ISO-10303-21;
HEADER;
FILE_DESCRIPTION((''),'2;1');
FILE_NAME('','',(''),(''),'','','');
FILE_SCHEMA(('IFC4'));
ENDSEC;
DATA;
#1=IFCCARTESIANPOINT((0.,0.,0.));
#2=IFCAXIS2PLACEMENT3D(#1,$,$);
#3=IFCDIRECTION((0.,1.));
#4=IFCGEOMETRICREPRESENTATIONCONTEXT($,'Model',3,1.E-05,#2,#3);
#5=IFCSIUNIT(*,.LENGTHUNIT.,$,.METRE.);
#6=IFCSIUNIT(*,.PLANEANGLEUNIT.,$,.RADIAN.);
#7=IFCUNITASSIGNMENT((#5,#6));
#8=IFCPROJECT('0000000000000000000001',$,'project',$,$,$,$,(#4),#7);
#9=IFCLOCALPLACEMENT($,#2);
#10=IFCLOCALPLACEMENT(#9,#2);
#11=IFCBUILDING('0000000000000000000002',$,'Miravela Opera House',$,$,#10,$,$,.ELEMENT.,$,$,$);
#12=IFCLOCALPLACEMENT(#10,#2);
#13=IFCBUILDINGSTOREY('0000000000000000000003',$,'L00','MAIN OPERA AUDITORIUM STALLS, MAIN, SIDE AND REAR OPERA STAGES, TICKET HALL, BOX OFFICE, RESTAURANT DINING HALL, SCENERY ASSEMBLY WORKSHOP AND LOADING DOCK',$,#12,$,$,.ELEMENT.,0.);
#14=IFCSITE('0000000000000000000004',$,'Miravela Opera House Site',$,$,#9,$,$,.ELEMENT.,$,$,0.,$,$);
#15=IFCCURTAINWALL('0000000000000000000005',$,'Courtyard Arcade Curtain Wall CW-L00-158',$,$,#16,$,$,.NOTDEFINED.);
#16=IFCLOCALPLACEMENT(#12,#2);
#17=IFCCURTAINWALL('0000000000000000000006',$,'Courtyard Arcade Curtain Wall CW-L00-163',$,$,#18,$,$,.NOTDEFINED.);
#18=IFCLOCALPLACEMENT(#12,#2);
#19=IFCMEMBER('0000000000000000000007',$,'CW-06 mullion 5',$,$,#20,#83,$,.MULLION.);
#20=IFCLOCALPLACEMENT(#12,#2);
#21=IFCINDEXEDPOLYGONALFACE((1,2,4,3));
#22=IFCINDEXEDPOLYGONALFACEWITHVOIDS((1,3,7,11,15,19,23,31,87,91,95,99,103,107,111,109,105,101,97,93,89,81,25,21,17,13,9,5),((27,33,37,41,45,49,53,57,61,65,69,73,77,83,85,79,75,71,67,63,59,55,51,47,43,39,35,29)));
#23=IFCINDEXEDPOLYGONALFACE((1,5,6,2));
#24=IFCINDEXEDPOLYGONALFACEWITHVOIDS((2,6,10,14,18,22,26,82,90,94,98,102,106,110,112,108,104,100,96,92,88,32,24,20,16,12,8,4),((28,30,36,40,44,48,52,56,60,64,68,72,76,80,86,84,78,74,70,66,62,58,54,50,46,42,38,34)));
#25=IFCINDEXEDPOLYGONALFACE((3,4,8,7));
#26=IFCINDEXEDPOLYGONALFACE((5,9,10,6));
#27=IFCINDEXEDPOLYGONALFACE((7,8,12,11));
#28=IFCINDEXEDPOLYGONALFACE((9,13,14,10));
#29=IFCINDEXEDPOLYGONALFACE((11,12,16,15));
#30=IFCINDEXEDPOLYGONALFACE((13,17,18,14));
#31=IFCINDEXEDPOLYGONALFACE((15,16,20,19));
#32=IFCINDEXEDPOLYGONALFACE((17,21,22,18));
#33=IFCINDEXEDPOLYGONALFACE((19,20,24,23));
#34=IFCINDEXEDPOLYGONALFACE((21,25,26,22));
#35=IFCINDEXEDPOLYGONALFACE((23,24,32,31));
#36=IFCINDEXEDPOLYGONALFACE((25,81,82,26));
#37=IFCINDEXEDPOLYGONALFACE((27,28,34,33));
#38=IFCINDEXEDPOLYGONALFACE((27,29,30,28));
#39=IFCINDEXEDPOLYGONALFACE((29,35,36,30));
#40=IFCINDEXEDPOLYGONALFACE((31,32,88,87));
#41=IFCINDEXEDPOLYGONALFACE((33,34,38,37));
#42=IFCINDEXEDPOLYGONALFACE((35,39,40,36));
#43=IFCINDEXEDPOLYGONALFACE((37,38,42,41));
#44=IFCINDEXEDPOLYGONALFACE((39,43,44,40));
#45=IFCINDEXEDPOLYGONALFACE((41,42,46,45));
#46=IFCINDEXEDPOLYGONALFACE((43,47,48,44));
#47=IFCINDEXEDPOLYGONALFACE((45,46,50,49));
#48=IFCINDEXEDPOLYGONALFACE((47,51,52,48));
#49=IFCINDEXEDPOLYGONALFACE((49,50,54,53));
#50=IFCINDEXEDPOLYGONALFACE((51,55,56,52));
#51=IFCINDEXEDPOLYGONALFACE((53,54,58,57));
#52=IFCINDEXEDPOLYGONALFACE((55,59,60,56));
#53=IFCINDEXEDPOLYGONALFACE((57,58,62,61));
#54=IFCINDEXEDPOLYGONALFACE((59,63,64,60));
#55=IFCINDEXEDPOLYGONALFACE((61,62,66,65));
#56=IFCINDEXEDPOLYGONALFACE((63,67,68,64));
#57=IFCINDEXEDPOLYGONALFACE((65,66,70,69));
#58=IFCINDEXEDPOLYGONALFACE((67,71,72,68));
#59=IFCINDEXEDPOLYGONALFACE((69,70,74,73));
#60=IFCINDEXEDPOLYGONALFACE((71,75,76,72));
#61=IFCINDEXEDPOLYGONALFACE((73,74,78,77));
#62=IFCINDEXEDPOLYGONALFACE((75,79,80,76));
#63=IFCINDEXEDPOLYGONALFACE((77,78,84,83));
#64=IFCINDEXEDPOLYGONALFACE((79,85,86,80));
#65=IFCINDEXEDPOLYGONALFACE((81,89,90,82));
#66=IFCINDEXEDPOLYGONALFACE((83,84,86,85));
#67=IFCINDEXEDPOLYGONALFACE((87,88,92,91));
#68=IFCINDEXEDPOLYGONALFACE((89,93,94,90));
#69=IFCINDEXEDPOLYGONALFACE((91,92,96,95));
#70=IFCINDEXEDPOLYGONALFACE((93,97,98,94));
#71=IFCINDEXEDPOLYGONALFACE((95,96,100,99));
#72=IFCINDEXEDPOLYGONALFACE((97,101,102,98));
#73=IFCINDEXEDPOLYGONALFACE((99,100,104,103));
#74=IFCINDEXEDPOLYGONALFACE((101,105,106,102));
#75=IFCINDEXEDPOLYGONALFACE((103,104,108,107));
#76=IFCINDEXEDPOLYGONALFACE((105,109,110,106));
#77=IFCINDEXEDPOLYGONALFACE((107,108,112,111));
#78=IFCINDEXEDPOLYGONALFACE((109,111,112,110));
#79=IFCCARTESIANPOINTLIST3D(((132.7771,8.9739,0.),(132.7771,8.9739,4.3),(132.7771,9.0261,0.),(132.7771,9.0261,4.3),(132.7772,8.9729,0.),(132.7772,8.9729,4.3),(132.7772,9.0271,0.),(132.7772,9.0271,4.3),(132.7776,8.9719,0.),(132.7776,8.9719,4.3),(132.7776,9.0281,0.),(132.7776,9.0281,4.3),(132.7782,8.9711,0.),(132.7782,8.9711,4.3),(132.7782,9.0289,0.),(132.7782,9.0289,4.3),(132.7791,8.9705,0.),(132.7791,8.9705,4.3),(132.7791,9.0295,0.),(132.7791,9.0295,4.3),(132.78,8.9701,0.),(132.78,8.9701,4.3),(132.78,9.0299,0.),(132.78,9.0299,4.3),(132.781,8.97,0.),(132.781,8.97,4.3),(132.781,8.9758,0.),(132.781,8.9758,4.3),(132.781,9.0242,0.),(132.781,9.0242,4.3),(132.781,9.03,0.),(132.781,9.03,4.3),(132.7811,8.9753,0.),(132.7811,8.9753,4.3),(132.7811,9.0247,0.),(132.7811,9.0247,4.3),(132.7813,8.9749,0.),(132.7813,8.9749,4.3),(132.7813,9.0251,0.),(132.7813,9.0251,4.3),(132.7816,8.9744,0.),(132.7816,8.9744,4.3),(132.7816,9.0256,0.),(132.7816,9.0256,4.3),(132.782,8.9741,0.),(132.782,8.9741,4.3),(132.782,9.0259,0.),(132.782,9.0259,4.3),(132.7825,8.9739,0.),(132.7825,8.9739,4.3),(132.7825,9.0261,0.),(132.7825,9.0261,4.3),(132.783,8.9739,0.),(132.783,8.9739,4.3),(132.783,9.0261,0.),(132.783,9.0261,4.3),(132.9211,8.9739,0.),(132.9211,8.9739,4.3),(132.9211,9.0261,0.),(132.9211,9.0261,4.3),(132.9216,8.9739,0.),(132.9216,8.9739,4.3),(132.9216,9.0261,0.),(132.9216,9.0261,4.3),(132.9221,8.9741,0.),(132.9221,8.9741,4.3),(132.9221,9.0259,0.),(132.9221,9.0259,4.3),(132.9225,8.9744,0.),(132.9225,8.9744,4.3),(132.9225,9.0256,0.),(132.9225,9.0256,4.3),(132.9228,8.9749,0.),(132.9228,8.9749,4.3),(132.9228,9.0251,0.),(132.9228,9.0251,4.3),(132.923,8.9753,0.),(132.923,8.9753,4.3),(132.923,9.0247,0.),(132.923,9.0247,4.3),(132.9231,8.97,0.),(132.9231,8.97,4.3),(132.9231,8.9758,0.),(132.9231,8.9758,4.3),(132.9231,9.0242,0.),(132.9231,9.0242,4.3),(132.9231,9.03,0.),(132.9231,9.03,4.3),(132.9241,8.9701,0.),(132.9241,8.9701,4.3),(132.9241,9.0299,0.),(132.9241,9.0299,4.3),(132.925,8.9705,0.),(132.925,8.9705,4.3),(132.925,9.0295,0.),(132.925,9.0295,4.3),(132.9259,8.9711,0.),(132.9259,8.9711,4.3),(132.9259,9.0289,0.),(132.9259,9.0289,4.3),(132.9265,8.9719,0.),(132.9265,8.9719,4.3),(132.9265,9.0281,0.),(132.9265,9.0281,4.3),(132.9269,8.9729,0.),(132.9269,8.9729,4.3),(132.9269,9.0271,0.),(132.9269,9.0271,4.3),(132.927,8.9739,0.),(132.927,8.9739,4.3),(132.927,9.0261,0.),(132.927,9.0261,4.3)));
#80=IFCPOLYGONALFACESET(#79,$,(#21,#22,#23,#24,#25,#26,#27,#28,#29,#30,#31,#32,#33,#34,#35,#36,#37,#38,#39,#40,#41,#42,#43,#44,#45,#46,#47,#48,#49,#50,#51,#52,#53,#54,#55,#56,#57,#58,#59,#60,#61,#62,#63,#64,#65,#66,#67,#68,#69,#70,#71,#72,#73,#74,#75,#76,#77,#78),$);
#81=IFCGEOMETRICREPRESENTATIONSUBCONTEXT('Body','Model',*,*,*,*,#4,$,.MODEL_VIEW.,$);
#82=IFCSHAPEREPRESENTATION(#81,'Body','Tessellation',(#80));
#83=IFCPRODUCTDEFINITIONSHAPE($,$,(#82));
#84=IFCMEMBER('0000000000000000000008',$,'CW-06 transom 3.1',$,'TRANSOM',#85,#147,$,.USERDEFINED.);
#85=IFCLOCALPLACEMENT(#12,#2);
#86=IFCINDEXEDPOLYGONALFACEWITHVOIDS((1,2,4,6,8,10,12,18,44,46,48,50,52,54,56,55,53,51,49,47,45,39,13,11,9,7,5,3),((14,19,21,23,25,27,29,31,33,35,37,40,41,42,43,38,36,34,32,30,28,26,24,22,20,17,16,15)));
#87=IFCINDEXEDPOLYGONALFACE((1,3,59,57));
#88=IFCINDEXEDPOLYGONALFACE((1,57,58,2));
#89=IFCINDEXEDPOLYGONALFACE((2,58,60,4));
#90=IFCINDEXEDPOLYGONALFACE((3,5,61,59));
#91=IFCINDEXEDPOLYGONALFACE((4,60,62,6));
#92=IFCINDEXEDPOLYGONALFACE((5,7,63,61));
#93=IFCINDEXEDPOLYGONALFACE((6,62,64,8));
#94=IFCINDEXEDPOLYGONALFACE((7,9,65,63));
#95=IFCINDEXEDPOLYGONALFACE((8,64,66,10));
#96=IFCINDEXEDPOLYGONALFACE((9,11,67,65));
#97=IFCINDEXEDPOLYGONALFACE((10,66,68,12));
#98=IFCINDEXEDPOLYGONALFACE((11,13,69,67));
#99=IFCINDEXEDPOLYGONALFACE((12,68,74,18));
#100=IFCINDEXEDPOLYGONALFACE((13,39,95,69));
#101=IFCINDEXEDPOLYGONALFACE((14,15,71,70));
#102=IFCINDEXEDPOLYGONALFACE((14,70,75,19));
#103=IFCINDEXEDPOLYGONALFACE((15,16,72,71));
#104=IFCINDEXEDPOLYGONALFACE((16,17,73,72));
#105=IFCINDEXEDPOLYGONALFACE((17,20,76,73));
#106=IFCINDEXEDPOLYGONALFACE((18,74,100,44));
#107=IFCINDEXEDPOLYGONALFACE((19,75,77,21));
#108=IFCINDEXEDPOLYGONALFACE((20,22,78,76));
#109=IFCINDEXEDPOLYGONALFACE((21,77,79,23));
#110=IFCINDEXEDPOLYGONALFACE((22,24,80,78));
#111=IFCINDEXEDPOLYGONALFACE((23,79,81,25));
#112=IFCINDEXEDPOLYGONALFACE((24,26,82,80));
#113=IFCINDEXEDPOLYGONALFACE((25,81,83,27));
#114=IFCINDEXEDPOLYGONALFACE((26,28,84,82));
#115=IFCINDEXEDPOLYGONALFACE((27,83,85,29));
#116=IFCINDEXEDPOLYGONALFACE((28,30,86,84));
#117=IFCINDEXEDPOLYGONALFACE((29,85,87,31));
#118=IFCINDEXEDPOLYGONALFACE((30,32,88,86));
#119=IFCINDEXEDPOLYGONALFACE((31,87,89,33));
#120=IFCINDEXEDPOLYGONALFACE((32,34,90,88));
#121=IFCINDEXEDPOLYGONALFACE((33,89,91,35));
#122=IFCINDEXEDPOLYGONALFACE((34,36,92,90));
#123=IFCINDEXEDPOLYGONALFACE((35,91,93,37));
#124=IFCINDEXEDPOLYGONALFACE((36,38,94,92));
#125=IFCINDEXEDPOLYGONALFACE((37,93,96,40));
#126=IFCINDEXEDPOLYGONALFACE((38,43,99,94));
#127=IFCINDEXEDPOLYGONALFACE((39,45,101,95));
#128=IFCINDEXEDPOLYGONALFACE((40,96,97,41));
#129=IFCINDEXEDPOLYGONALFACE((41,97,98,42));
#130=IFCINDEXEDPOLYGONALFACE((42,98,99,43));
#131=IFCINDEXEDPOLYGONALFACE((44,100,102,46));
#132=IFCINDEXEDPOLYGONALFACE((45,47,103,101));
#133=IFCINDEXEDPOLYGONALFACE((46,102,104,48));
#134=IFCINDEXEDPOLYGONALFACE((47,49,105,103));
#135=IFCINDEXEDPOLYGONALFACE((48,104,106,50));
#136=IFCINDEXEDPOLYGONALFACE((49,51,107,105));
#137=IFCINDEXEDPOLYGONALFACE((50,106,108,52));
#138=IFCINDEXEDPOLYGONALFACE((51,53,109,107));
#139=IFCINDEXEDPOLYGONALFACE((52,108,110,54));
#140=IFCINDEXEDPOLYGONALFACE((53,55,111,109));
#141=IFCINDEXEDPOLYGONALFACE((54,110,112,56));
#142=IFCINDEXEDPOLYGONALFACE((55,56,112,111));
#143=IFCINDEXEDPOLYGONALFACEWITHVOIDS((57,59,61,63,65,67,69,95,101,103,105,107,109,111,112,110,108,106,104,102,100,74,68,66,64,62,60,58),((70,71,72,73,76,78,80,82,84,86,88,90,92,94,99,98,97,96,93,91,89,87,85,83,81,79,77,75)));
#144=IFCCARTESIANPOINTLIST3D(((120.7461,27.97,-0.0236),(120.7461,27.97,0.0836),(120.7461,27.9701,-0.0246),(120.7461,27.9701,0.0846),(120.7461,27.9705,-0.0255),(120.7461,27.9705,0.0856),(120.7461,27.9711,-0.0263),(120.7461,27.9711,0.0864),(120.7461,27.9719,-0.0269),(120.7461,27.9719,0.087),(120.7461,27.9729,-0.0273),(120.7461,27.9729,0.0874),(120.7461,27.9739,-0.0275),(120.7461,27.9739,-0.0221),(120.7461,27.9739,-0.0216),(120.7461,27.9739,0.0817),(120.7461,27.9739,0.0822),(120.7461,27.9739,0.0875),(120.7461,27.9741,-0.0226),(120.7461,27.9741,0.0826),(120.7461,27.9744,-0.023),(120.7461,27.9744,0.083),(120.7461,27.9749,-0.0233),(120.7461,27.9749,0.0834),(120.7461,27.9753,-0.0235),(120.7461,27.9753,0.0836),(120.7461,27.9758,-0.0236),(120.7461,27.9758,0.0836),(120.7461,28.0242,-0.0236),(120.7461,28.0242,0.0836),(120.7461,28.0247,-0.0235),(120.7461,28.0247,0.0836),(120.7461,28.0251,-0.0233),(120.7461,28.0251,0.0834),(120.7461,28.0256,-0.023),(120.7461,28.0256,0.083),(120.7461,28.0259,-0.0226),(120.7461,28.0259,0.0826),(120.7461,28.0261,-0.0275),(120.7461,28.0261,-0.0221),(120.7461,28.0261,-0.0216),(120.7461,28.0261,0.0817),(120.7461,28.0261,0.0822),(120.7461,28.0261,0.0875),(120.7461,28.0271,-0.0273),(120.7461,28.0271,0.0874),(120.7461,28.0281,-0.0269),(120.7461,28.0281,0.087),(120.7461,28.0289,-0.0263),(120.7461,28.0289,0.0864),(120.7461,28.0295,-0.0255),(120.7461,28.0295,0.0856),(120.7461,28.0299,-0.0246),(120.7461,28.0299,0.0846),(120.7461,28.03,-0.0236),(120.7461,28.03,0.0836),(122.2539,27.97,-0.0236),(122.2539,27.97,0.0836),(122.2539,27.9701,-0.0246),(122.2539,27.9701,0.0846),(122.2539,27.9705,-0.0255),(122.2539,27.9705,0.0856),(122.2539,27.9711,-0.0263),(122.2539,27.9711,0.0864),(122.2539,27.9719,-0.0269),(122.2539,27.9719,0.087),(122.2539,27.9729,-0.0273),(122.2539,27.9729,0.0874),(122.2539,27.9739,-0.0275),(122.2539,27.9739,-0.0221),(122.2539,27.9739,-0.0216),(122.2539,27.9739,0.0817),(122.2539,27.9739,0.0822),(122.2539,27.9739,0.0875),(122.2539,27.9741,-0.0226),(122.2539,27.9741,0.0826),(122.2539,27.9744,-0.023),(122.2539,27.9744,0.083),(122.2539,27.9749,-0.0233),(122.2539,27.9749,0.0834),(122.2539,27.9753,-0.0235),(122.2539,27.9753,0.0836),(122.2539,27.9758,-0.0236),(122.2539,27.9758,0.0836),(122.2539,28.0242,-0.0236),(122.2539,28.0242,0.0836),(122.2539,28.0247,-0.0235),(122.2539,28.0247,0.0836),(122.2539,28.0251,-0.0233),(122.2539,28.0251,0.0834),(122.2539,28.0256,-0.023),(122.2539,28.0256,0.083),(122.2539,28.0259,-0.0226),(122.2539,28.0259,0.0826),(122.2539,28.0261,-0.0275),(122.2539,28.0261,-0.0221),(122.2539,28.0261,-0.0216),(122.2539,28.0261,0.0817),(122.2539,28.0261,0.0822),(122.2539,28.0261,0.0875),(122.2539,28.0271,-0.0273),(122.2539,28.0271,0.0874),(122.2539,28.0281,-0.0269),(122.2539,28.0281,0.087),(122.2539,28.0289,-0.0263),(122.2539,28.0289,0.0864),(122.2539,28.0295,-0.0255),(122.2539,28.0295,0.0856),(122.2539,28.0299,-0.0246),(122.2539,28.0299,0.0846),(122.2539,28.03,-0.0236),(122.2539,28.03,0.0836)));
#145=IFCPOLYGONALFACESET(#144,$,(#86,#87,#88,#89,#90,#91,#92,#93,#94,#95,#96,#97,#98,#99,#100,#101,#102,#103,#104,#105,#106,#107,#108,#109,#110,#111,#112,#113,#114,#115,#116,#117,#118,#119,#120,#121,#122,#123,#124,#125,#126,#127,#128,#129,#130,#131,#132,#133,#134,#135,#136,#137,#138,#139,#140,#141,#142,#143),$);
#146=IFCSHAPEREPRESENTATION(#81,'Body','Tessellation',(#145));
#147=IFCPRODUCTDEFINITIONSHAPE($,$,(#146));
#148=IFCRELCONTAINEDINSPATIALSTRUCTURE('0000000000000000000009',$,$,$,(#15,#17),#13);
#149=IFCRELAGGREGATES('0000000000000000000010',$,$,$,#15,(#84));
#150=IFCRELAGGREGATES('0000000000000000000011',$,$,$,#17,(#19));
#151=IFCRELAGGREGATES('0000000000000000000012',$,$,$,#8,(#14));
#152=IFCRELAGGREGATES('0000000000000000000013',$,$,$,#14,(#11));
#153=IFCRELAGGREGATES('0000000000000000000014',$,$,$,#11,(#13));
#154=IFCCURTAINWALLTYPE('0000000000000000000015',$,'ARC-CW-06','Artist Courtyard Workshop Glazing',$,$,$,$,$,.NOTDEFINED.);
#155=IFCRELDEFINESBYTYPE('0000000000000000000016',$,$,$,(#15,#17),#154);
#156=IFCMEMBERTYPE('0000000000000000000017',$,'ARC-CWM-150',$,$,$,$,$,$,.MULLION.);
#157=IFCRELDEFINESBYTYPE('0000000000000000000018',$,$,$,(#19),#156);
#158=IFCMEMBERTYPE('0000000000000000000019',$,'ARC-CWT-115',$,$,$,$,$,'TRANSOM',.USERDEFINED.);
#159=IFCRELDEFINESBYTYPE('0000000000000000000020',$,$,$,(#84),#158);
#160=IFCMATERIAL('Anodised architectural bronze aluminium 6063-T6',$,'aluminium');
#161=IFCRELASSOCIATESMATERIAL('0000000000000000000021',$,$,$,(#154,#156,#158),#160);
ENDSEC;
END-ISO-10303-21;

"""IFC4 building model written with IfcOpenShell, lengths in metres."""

from ifc_helpers import new_model, si_unit, direction, frame, origin, origin_2d, place, context, subcontext, project, spatial, hollow_rectangle, extrude, material, material_profile, profile_set, type_object, element, aggregate, save


model = new_model("IFC4")

# Units and contexts
model_context = context("Model", 3, precision=1e-05, world=origin(), true_north=direction((0.0, 1.0)))
body_context = subcontext(model_context, "Body", "Model", "MODEL_VIEW")
ifc_project = project(units=[si_unit("LENGTHUNIT", "METRE"), si_unit("PLANEANGLEUNIT", "RADIAN")], contexts=[model_context])

# Site, building, storey
site_placement = place(None, origin())
site = spatial("IfcSite", under=ifc_project, at=site_placement, Name="Miravela Opera House Site", CompositionType="ELEMENT", RefElevation=0.0)
building_placement = place(site_placement, origin())
building = spatial("IfcBuilding", under=site, at=building_placement, Name="Miravela Opera House", CompositionType="ELEMENT")
storey_placement = place(building_placement, origin())
storey = spatial("IfcBuildingStorey", under=building, at=storey_placement, Name="L00", Description="MAIN OPERA AUDITORIUM STALLS, MAIN, SIDE AND REAR OPERA STAGES, TICKET HALL, BOX OFFICE, RESTAURANT DINING HALL, SCENERY ASSEMBLY WORKSHOP AND LOADING DOCK", CompositionType="ELEMENT", Elevation=0.0)

# Curtain wall
ifc_material_1 = material(Name="Anodised architectural bronze aluminium 6063-T6", Category="aluminium")
curtain_wall_type = type_object("IfcCurtainWallType", Name="ARC-CW-06", Description="Artist Courtyard Workshop Glazing", PredefinedType="NOTDEFINED", material=ifc_material_1)
curtain_wall_1_placement = place(storey_placement, origin())
curtain_wall_1 = element("IfcCurtainWall", 1, at=curtain_wall_1_placement, inside=storey, type_object=curtain_wall_type, Name="Courtyard Arcade Curtain Wall CW-L00-158", PredefinedType="NOTDEFINED")
ifc_material_profile_1 = material_profile(ifc_material_1, hollow_rectangle(XDim=0.0601, YDim=0.1499, WallThickness=0.0039, InnerFilletRadius=0.002, OuterFilletRadius=0.0039, at=origin_2d()), Name="CWM-60X150")
ifc_profile_set_1 = profile_set([ifc_material_profile_1])
member_type_1 = type_object("IfcMemberType", Name="ARC-CWM-150", PredefinedType="MULLION", material=ifc_profile_set_1)

# Curtain wall, member
curtain_wall_2_placement = place(storey_placement, origin())
curtain_wall_2 = element("IfcCurtainWall", 2, at=curtain_wall_2_placement, inside=storey, type_object=curtain_wall_type, Name="Courtyard Arcade Curtain Wall CW-L00-163", PredefinedType="NOTDEFINED")
member_1_placement = place(storey_placement, frame((132.8521, 9.0, 0.0), z_axis=(0.0, 0.0, 1.0), x_axis=(0.0, 1.0, 0.0)))
member_1 = element("IfcMember", 3, at=member_1_placement, type_object=member_type_1, Name="CW-06 mullion 5", PredefinedType="MULLION", context=body_context, shape_type="SweptSolid", body=[
    extrude(hollow_rectangle(XDim=0.0601, YDim=0.1499, WallThickness=0.0039, InnerFilletRadius=0.002, OuterFilletRadius=0.0039, at=origin_2d()), origin(), (0.0, 0.0, 1.0), 4.3),
])

# Member
ifc_material_profile_2 = material_profile(ifc_material_1, hollow_rectangle(XDim=0.0601, YDim=0.115, WallThickness=0.0039, InnerFilletRadius=0.002, OuterFilletRadius=0.0039, at=origin_2d()), Name="CWT-60X115")
ifc_profile_set_2 = profile_set([ifc_material_profile_2])
member_type_2 = type_object("IfcMemberType", Name="ARC-CWT-115", ElementType="TRANSOM", PredefinedType="USERDEFINED", material=ifc_profile_set_2)
member_2_placement = place(storey_placement, frame((120.7461, 28.0, 0.03), z_axis=(1.0, 0.0, 0.0), x_axis=(0.0, 1.0, 0.0)))
member_2 = element("IfcMember", 4, at=member_2_placement, type_object=member_type_2, Name="CW-06 transom 3.1", ObjectType="TRANSOM", PredefinedType="USERDEFINED", context=body_context, shape_type="SweptSolid", body=[
    extrude(hollow_rectangle(XDim=0.0601, YDim=0.115, WallThickness=0.0039, InnerFilletRadius=0.002, OuterFilletRadius=0.0039, at=origin_2d()), origin(), (0.0, 0.0, 1.0), 1.5078),
])
aggregate(curtain_wall_1, [member_2])

aggregate(curtain_wall_2, [member_1])

save(model, "model.ifc")
